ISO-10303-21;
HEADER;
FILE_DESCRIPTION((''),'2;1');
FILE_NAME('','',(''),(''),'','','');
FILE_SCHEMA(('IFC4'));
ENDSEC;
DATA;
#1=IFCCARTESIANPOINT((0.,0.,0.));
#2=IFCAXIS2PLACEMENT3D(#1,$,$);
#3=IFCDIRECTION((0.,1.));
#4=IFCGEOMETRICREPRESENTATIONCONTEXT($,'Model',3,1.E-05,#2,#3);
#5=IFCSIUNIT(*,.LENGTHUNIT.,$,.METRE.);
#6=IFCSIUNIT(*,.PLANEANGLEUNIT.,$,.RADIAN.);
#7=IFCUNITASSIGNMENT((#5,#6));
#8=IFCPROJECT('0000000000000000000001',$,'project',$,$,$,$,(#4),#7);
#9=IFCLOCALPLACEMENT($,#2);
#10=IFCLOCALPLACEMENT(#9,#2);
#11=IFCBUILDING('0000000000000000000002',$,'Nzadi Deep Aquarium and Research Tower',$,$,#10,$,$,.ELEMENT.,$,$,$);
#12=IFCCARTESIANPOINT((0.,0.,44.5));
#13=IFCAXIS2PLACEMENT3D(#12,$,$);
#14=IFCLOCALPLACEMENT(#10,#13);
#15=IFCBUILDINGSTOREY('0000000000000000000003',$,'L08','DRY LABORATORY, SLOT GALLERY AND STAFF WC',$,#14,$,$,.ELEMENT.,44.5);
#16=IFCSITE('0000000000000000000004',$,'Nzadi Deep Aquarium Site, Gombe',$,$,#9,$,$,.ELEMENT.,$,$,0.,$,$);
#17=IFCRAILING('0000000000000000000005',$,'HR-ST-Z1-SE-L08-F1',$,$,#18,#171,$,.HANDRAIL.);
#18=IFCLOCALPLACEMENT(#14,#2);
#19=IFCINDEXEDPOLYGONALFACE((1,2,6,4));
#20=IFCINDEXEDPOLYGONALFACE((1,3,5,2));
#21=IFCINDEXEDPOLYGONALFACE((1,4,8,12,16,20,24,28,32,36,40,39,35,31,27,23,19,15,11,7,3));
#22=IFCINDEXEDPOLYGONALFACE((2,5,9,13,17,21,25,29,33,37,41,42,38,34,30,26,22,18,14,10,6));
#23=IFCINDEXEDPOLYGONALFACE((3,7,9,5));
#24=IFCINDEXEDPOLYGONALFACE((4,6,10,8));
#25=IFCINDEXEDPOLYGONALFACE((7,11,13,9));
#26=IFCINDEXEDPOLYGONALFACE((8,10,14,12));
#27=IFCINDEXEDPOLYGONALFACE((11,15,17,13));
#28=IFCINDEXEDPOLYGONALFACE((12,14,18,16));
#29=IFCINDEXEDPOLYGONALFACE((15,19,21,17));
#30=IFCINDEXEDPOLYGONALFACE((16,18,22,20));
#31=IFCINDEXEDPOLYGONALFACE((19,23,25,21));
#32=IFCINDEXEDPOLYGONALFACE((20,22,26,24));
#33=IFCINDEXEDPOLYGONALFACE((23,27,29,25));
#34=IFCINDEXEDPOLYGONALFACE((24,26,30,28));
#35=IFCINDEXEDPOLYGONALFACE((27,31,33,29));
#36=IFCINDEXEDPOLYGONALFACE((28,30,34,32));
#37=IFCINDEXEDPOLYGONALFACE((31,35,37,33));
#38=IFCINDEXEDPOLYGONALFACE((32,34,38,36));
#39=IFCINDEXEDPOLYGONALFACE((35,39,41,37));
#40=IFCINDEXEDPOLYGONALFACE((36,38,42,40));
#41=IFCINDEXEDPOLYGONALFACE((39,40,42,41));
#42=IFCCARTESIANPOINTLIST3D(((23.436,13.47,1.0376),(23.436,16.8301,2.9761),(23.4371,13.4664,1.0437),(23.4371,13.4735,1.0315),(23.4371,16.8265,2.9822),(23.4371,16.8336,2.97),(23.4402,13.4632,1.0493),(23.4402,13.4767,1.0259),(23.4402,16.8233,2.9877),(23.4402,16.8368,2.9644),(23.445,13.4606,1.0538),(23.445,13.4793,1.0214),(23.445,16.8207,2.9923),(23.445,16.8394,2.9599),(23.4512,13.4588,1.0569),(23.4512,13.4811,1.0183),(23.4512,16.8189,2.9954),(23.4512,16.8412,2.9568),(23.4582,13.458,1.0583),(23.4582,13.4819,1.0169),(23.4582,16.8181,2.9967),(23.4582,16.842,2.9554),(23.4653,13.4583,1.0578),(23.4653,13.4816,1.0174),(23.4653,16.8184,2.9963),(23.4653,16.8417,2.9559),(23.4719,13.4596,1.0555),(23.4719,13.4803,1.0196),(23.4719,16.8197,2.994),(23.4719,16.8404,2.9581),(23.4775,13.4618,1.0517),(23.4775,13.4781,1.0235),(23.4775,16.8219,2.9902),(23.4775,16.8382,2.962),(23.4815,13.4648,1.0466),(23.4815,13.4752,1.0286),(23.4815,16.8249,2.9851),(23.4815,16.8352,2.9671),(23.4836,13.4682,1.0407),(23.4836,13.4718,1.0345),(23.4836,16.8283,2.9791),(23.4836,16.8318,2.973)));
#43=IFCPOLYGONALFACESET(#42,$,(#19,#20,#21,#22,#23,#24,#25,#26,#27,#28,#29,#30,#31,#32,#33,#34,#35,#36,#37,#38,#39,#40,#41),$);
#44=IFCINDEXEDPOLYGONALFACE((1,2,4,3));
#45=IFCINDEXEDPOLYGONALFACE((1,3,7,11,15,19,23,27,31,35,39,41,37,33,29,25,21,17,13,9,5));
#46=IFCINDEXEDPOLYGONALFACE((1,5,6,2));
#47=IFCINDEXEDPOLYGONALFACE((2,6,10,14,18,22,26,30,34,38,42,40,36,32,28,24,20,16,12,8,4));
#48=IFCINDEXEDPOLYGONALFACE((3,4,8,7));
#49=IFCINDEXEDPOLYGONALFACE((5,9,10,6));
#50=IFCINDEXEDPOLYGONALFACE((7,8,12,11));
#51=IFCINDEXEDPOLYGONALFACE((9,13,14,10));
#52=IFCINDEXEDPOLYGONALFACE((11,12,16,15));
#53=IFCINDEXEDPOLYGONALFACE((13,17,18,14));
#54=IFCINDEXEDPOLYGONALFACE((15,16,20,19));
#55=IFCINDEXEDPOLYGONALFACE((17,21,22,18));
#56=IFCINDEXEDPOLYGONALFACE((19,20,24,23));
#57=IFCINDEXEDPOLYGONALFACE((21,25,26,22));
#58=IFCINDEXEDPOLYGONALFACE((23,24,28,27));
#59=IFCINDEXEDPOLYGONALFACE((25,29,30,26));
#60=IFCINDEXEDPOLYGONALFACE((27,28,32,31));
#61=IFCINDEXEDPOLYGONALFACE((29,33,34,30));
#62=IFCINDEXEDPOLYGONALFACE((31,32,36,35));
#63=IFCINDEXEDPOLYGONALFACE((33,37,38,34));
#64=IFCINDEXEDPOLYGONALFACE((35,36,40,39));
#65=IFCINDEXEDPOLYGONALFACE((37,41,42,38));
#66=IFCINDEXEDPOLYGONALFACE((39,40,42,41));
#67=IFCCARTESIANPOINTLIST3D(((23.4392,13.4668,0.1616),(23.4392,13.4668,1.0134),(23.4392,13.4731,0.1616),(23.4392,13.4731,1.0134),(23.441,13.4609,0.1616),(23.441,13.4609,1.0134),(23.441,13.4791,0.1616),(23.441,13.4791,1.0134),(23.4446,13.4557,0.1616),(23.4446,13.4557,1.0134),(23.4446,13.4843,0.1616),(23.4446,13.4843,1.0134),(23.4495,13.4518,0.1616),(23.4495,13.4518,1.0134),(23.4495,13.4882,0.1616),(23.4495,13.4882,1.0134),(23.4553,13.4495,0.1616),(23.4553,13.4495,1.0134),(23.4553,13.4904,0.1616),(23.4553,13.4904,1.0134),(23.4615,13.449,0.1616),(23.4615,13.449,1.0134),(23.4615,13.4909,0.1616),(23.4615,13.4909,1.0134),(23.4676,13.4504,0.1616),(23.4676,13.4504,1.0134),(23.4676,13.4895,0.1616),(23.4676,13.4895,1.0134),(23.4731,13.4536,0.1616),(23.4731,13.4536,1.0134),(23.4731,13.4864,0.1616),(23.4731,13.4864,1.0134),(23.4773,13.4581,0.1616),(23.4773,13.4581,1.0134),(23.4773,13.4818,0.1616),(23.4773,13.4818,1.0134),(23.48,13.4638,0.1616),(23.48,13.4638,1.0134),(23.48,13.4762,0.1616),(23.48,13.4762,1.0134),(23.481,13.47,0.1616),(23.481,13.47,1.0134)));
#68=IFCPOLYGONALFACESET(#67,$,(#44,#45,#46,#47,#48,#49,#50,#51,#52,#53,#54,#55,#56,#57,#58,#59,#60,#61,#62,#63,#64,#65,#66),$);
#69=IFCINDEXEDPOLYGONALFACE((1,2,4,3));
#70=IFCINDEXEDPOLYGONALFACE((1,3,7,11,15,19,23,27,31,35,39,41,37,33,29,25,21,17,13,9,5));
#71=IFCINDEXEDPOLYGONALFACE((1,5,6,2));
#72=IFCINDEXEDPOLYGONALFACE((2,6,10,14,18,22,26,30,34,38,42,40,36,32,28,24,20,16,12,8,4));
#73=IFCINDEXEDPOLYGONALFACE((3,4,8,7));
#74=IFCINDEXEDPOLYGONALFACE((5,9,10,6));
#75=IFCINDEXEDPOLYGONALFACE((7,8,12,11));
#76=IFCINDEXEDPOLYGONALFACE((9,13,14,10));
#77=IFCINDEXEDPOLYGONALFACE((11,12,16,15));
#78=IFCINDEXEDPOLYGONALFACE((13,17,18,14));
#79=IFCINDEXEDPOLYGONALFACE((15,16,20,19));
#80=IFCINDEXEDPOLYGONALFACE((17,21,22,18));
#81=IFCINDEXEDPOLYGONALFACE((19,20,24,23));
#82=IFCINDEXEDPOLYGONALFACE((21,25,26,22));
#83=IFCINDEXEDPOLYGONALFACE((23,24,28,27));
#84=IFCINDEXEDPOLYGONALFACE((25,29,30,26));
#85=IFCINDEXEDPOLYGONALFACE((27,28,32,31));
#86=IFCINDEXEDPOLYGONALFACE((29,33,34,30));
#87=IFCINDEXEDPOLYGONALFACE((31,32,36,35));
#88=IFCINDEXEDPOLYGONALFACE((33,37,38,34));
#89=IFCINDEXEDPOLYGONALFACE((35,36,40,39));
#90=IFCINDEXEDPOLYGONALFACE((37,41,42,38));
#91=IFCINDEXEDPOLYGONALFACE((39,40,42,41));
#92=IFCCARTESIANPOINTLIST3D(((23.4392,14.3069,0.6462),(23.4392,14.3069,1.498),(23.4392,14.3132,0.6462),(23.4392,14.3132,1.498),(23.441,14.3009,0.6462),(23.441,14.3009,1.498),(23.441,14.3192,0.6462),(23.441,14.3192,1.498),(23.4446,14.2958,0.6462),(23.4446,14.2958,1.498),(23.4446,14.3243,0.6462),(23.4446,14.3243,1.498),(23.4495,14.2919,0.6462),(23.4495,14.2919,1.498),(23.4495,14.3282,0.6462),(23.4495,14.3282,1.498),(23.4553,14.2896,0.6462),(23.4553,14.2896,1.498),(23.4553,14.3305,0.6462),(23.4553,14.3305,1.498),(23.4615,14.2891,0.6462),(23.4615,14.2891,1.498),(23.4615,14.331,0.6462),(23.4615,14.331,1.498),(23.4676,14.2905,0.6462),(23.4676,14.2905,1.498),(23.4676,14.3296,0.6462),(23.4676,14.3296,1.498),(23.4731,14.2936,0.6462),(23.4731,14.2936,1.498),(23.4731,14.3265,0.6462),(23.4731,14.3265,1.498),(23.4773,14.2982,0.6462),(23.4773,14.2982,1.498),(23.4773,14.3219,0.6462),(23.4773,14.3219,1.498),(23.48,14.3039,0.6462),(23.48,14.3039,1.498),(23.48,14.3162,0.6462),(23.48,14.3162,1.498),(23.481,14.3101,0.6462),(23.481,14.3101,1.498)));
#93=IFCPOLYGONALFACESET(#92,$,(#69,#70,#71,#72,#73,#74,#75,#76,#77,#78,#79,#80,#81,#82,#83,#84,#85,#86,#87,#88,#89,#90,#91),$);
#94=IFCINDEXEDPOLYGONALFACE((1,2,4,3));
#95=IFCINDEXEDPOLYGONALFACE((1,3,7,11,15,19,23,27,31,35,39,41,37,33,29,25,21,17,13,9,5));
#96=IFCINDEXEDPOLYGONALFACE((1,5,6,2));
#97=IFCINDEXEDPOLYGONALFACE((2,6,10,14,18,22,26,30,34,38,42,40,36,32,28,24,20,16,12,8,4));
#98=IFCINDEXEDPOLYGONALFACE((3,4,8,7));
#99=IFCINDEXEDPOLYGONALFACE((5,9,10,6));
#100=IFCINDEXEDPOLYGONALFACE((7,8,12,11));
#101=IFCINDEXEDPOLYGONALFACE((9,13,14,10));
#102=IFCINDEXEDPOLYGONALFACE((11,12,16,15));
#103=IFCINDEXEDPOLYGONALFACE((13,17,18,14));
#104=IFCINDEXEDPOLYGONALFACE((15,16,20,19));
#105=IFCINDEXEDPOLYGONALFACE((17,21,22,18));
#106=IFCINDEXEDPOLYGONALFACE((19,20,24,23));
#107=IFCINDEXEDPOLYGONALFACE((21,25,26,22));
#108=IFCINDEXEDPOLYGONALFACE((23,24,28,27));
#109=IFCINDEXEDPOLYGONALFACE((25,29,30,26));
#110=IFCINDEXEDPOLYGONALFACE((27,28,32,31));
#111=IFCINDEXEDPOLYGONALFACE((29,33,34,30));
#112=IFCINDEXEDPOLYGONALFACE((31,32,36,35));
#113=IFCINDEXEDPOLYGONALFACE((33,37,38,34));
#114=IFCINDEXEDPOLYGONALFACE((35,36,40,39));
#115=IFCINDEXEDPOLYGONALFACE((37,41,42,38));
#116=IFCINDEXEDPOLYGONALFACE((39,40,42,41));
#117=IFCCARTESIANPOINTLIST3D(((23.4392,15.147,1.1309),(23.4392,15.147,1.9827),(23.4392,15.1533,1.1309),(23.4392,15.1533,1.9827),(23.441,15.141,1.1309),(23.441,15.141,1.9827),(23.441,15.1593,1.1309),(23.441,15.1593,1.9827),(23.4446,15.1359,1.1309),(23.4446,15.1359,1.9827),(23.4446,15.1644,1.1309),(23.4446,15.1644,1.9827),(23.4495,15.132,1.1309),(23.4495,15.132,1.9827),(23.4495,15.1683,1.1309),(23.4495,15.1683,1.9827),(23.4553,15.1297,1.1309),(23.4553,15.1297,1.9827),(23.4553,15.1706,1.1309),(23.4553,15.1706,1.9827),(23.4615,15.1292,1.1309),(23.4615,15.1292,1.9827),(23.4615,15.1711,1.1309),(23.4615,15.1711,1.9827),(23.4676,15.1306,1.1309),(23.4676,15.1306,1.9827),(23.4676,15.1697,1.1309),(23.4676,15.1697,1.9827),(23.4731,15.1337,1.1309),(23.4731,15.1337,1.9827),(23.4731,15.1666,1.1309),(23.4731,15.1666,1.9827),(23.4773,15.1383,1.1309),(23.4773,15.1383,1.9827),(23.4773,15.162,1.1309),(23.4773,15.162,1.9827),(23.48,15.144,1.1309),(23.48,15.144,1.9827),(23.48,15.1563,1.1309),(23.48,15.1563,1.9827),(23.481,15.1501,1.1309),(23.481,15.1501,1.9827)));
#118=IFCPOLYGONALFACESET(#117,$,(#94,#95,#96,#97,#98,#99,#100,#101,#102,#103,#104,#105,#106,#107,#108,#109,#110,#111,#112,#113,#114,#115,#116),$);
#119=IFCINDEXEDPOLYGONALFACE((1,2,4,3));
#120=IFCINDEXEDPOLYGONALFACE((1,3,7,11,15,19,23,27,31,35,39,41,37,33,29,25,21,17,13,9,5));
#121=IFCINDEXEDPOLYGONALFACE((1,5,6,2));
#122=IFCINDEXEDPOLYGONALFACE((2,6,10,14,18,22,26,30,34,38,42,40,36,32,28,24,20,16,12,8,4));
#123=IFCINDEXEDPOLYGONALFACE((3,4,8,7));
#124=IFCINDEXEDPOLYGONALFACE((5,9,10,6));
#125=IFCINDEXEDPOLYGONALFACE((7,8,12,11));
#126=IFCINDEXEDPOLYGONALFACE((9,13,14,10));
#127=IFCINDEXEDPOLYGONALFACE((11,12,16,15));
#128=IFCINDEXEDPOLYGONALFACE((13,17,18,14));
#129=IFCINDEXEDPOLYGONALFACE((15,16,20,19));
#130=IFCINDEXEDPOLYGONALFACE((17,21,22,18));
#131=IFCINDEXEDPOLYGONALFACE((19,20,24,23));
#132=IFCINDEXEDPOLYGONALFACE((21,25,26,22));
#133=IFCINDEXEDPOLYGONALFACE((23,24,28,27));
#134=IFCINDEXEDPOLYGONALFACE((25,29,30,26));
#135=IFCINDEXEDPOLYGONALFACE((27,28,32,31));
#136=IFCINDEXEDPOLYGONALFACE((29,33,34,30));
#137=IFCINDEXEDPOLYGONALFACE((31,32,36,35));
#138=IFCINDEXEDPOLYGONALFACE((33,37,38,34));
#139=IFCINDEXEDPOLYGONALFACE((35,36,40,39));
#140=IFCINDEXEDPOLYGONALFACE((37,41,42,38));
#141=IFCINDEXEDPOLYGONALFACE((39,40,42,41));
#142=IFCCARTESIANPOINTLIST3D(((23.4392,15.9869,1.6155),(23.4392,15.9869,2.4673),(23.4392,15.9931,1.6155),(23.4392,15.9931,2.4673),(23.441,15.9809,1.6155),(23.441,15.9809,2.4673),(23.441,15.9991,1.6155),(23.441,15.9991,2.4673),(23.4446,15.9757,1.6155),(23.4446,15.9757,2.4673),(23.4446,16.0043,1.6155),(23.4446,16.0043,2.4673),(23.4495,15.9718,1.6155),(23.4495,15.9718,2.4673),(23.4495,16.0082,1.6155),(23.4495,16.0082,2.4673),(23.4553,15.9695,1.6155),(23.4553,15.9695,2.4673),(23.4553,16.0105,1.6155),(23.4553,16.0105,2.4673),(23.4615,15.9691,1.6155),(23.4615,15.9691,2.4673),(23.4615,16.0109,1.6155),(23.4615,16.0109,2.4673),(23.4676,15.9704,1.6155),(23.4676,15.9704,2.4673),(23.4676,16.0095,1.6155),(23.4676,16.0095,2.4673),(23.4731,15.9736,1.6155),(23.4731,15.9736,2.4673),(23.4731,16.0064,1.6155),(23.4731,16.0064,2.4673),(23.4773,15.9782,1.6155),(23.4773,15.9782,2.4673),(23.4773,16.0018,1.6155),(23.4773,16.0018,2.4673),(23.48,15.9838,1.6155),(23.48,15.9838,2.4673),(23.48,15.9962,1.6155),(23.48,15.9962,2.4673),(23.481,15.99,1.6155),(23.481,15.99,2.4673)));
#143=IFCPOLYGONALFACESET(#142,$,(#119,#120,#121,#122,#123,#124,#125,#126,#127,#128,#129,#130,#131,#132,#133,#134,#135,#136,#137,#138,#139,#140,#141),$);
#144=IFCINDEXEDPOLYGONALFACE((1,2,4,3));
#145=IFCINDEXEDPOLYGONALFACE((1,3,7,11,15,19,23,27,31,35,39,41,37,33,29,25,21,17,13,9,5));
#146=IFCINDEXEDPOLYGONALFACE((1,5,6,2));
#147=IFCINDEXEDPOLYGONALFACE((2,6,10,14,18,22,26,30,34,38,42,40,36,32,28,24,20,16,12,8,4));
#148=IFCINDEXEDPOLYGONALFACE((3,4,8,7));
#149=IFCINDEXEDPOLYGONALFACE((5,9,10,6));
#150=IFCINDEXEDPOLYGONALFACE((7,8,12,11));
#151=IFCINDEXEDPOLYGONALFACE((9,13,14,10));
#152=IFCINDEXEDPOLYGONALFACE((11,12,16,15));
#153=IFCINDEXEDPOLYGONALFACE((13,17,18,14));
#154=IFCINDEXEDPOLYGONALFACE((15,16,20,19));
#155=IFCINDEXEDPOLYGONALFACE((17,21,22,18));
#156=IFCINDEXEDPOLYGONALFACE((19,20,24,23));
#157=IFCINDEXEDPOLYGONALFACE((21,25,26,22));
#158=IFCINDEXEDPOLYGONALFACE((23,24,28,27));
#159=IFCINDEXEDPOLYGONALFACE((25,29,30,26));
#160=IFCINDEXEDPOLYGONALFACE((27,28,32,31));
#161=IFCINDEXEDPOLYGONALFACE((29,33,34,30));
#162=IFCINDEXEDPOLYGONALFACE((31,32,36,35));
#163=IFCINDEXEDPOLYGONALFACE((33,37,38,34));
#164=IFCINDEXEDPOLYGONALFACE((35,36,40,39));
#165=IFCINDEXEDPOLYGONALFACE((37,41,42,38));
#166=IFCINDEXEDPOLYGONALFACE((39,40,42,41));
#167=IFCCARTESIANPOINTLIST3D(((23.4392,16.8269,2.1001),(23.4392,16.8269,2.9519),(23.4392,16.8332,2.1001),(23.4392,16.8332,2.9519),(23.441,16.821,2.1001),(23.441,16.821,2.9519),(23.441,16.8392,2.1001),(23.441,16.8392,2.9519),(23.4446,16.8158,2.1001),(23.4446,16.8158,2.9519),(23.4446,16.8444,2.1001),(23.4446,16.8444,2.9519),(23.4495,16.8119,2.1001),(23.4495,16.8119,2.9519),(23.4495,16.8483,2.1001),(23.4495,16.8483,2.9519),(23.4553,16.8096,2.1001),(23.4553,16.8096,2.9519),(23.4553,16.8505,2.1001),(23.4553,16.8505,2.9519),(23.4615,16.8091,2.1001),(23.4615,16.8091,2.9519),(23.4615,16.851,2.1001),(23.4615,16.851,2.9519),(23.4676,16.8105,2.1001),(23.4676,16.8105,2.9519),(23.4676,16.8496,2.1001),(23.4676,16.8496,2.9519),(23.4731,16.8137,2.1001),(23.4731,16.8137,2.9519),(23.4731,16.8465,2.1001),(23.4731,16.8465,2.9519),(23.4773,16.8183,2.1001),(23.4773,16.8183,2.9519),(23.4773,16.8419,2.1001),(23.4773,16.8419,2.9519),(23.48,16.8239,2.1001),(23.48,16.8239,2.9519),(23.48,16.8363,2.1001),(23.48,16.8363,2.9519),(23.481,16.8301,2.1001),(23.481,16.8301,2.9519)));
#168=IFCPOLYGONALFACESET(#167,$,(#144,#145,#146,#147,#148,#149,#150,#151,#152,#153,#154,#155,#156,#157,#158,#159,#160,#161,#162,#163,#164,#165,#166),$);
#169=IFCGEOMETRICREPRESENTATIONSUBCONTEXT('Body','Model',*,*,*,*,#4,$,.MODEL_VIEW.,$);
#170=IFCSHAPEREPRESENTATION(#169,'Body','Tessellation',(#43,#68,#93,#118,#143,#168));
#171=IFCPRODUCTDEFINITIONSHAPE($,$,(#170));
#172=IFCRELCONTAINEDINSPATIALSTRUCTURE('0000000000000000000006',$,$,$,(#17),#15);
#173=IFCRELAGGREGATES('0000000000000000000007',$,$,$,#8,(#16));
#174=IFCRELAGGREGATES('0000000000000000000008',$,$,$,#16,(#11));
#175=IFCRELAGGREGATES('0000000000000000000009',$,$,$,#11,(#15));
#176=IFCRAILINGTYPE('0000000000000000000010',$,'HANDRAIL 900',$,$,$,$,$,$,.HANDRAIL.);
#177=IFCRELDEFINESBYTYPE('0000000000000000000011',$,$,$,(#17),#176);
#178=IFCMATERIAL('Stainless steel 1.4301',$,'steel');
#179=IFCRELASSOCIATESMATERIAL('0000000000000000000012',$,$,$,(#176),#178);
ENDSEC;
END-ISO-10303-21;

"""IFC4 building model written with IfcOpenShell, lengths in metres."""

from ifc_helpers import new_model, si_unit, direction, frame, origin, origin_2d, place, context, subcontext, project, spatial, circle, extrude, material, type_object, element, save


model = new_model("IFC4")

# Units and contexts
model_context = context("Model", 3, precision=1e-05, world=origin(), true_north=direction((0.0, 1.0)))
body_context = subcontext(model_context, "Body", "Model", "MODEL_VIEW")
ifc_project = project(units=[si_unit("LENGTHUNIT", "METRE"), si_unit("PLANEANGLEUNIT", "RADIAN")], contexts=[model_context])

# Site, building, storey
site_placement = place(None, origin())
site = spatial("IfcSite", under=ifc_project, at=site_placement, Name="Nzadi Deep Aquarium Site, Gombe", CompositionType="ELEMENT", RefElevation=0.0)
building_placement = place(site_placement, origin())
building = spatial("IfcBuilding", under=site, at=building_placement, Name="Nzadi Deep Aquarium and Research Tower", CompositionType="ELEMENT")
storey_placement = place(building_placement, frame((0.0, 0.0, 44.5)))
storey = spatial("IfcBuildingStorey", under=building, at=storey_placement, Name="L08", Description="DRY LABORATORY, SLOT GALLERY AND STAFF WC", CompositionType="ELEMENT", Elevation=44.5)

# Railing
ifc_material_1 = material(Name="Stainless steel 1.4301", Category="steel")
railing_type = type_object("IfcRailingType", Name="HANDRAIL 900", PredefinedType="HANDRAIL", material=ifc_material_1)
for number, where, name in (
    (1, (23.46, 13.47, 0.1616), "HR-ST-Z1-SE-L08-F1"),
):
    element("IfcRailing", number, at=place(storey_placement, frame(where)), inside=storey, type_object=railing_type, Name=name, PredefinedType="HANDRAIL", context=body_context, shape_type="SweptSolid", body=[
        extrude(circle(Radius=0.0239, at=origin_2d()), frame((0.0, 0.0, 0.876), z_axis=(0.0, 0.866191, 0.499713), x_axis=(-1.0, 0.0, 0.0)), (0.0, 0.0, 1.0), 3.8792),
        extrude(circle(Radius=0.021, at=origin_2d()), origin(), (0.0, 0.0, 1.0), 0.8518),
        extrude(circle(Radius=0.021, at=origin_2d()), frame((0.0, 0.8401, 0.4846)), (0.0, 0.0, 1.0), 0.8518),
        extrude(circle(Radius=0.021, at=origin_2d()), frame((0.0, 1.6802, 0.9692)), (0.0, 0.0, 1.0), 0.8518),
        extrude(circle(Radius=0.021, at=origin_2d()), frame((0.0, 2.52, 1.4539)), (0.0, 0.0, 1.0), 0.8518),
        extrude(circle(Radius=0.021, at=origin_2d()), frame((0.0, 3.3601, 1.9385)), (0.0, 0.0, 1.0), 0.8518),
    ])

save(model, "model.ifc")
